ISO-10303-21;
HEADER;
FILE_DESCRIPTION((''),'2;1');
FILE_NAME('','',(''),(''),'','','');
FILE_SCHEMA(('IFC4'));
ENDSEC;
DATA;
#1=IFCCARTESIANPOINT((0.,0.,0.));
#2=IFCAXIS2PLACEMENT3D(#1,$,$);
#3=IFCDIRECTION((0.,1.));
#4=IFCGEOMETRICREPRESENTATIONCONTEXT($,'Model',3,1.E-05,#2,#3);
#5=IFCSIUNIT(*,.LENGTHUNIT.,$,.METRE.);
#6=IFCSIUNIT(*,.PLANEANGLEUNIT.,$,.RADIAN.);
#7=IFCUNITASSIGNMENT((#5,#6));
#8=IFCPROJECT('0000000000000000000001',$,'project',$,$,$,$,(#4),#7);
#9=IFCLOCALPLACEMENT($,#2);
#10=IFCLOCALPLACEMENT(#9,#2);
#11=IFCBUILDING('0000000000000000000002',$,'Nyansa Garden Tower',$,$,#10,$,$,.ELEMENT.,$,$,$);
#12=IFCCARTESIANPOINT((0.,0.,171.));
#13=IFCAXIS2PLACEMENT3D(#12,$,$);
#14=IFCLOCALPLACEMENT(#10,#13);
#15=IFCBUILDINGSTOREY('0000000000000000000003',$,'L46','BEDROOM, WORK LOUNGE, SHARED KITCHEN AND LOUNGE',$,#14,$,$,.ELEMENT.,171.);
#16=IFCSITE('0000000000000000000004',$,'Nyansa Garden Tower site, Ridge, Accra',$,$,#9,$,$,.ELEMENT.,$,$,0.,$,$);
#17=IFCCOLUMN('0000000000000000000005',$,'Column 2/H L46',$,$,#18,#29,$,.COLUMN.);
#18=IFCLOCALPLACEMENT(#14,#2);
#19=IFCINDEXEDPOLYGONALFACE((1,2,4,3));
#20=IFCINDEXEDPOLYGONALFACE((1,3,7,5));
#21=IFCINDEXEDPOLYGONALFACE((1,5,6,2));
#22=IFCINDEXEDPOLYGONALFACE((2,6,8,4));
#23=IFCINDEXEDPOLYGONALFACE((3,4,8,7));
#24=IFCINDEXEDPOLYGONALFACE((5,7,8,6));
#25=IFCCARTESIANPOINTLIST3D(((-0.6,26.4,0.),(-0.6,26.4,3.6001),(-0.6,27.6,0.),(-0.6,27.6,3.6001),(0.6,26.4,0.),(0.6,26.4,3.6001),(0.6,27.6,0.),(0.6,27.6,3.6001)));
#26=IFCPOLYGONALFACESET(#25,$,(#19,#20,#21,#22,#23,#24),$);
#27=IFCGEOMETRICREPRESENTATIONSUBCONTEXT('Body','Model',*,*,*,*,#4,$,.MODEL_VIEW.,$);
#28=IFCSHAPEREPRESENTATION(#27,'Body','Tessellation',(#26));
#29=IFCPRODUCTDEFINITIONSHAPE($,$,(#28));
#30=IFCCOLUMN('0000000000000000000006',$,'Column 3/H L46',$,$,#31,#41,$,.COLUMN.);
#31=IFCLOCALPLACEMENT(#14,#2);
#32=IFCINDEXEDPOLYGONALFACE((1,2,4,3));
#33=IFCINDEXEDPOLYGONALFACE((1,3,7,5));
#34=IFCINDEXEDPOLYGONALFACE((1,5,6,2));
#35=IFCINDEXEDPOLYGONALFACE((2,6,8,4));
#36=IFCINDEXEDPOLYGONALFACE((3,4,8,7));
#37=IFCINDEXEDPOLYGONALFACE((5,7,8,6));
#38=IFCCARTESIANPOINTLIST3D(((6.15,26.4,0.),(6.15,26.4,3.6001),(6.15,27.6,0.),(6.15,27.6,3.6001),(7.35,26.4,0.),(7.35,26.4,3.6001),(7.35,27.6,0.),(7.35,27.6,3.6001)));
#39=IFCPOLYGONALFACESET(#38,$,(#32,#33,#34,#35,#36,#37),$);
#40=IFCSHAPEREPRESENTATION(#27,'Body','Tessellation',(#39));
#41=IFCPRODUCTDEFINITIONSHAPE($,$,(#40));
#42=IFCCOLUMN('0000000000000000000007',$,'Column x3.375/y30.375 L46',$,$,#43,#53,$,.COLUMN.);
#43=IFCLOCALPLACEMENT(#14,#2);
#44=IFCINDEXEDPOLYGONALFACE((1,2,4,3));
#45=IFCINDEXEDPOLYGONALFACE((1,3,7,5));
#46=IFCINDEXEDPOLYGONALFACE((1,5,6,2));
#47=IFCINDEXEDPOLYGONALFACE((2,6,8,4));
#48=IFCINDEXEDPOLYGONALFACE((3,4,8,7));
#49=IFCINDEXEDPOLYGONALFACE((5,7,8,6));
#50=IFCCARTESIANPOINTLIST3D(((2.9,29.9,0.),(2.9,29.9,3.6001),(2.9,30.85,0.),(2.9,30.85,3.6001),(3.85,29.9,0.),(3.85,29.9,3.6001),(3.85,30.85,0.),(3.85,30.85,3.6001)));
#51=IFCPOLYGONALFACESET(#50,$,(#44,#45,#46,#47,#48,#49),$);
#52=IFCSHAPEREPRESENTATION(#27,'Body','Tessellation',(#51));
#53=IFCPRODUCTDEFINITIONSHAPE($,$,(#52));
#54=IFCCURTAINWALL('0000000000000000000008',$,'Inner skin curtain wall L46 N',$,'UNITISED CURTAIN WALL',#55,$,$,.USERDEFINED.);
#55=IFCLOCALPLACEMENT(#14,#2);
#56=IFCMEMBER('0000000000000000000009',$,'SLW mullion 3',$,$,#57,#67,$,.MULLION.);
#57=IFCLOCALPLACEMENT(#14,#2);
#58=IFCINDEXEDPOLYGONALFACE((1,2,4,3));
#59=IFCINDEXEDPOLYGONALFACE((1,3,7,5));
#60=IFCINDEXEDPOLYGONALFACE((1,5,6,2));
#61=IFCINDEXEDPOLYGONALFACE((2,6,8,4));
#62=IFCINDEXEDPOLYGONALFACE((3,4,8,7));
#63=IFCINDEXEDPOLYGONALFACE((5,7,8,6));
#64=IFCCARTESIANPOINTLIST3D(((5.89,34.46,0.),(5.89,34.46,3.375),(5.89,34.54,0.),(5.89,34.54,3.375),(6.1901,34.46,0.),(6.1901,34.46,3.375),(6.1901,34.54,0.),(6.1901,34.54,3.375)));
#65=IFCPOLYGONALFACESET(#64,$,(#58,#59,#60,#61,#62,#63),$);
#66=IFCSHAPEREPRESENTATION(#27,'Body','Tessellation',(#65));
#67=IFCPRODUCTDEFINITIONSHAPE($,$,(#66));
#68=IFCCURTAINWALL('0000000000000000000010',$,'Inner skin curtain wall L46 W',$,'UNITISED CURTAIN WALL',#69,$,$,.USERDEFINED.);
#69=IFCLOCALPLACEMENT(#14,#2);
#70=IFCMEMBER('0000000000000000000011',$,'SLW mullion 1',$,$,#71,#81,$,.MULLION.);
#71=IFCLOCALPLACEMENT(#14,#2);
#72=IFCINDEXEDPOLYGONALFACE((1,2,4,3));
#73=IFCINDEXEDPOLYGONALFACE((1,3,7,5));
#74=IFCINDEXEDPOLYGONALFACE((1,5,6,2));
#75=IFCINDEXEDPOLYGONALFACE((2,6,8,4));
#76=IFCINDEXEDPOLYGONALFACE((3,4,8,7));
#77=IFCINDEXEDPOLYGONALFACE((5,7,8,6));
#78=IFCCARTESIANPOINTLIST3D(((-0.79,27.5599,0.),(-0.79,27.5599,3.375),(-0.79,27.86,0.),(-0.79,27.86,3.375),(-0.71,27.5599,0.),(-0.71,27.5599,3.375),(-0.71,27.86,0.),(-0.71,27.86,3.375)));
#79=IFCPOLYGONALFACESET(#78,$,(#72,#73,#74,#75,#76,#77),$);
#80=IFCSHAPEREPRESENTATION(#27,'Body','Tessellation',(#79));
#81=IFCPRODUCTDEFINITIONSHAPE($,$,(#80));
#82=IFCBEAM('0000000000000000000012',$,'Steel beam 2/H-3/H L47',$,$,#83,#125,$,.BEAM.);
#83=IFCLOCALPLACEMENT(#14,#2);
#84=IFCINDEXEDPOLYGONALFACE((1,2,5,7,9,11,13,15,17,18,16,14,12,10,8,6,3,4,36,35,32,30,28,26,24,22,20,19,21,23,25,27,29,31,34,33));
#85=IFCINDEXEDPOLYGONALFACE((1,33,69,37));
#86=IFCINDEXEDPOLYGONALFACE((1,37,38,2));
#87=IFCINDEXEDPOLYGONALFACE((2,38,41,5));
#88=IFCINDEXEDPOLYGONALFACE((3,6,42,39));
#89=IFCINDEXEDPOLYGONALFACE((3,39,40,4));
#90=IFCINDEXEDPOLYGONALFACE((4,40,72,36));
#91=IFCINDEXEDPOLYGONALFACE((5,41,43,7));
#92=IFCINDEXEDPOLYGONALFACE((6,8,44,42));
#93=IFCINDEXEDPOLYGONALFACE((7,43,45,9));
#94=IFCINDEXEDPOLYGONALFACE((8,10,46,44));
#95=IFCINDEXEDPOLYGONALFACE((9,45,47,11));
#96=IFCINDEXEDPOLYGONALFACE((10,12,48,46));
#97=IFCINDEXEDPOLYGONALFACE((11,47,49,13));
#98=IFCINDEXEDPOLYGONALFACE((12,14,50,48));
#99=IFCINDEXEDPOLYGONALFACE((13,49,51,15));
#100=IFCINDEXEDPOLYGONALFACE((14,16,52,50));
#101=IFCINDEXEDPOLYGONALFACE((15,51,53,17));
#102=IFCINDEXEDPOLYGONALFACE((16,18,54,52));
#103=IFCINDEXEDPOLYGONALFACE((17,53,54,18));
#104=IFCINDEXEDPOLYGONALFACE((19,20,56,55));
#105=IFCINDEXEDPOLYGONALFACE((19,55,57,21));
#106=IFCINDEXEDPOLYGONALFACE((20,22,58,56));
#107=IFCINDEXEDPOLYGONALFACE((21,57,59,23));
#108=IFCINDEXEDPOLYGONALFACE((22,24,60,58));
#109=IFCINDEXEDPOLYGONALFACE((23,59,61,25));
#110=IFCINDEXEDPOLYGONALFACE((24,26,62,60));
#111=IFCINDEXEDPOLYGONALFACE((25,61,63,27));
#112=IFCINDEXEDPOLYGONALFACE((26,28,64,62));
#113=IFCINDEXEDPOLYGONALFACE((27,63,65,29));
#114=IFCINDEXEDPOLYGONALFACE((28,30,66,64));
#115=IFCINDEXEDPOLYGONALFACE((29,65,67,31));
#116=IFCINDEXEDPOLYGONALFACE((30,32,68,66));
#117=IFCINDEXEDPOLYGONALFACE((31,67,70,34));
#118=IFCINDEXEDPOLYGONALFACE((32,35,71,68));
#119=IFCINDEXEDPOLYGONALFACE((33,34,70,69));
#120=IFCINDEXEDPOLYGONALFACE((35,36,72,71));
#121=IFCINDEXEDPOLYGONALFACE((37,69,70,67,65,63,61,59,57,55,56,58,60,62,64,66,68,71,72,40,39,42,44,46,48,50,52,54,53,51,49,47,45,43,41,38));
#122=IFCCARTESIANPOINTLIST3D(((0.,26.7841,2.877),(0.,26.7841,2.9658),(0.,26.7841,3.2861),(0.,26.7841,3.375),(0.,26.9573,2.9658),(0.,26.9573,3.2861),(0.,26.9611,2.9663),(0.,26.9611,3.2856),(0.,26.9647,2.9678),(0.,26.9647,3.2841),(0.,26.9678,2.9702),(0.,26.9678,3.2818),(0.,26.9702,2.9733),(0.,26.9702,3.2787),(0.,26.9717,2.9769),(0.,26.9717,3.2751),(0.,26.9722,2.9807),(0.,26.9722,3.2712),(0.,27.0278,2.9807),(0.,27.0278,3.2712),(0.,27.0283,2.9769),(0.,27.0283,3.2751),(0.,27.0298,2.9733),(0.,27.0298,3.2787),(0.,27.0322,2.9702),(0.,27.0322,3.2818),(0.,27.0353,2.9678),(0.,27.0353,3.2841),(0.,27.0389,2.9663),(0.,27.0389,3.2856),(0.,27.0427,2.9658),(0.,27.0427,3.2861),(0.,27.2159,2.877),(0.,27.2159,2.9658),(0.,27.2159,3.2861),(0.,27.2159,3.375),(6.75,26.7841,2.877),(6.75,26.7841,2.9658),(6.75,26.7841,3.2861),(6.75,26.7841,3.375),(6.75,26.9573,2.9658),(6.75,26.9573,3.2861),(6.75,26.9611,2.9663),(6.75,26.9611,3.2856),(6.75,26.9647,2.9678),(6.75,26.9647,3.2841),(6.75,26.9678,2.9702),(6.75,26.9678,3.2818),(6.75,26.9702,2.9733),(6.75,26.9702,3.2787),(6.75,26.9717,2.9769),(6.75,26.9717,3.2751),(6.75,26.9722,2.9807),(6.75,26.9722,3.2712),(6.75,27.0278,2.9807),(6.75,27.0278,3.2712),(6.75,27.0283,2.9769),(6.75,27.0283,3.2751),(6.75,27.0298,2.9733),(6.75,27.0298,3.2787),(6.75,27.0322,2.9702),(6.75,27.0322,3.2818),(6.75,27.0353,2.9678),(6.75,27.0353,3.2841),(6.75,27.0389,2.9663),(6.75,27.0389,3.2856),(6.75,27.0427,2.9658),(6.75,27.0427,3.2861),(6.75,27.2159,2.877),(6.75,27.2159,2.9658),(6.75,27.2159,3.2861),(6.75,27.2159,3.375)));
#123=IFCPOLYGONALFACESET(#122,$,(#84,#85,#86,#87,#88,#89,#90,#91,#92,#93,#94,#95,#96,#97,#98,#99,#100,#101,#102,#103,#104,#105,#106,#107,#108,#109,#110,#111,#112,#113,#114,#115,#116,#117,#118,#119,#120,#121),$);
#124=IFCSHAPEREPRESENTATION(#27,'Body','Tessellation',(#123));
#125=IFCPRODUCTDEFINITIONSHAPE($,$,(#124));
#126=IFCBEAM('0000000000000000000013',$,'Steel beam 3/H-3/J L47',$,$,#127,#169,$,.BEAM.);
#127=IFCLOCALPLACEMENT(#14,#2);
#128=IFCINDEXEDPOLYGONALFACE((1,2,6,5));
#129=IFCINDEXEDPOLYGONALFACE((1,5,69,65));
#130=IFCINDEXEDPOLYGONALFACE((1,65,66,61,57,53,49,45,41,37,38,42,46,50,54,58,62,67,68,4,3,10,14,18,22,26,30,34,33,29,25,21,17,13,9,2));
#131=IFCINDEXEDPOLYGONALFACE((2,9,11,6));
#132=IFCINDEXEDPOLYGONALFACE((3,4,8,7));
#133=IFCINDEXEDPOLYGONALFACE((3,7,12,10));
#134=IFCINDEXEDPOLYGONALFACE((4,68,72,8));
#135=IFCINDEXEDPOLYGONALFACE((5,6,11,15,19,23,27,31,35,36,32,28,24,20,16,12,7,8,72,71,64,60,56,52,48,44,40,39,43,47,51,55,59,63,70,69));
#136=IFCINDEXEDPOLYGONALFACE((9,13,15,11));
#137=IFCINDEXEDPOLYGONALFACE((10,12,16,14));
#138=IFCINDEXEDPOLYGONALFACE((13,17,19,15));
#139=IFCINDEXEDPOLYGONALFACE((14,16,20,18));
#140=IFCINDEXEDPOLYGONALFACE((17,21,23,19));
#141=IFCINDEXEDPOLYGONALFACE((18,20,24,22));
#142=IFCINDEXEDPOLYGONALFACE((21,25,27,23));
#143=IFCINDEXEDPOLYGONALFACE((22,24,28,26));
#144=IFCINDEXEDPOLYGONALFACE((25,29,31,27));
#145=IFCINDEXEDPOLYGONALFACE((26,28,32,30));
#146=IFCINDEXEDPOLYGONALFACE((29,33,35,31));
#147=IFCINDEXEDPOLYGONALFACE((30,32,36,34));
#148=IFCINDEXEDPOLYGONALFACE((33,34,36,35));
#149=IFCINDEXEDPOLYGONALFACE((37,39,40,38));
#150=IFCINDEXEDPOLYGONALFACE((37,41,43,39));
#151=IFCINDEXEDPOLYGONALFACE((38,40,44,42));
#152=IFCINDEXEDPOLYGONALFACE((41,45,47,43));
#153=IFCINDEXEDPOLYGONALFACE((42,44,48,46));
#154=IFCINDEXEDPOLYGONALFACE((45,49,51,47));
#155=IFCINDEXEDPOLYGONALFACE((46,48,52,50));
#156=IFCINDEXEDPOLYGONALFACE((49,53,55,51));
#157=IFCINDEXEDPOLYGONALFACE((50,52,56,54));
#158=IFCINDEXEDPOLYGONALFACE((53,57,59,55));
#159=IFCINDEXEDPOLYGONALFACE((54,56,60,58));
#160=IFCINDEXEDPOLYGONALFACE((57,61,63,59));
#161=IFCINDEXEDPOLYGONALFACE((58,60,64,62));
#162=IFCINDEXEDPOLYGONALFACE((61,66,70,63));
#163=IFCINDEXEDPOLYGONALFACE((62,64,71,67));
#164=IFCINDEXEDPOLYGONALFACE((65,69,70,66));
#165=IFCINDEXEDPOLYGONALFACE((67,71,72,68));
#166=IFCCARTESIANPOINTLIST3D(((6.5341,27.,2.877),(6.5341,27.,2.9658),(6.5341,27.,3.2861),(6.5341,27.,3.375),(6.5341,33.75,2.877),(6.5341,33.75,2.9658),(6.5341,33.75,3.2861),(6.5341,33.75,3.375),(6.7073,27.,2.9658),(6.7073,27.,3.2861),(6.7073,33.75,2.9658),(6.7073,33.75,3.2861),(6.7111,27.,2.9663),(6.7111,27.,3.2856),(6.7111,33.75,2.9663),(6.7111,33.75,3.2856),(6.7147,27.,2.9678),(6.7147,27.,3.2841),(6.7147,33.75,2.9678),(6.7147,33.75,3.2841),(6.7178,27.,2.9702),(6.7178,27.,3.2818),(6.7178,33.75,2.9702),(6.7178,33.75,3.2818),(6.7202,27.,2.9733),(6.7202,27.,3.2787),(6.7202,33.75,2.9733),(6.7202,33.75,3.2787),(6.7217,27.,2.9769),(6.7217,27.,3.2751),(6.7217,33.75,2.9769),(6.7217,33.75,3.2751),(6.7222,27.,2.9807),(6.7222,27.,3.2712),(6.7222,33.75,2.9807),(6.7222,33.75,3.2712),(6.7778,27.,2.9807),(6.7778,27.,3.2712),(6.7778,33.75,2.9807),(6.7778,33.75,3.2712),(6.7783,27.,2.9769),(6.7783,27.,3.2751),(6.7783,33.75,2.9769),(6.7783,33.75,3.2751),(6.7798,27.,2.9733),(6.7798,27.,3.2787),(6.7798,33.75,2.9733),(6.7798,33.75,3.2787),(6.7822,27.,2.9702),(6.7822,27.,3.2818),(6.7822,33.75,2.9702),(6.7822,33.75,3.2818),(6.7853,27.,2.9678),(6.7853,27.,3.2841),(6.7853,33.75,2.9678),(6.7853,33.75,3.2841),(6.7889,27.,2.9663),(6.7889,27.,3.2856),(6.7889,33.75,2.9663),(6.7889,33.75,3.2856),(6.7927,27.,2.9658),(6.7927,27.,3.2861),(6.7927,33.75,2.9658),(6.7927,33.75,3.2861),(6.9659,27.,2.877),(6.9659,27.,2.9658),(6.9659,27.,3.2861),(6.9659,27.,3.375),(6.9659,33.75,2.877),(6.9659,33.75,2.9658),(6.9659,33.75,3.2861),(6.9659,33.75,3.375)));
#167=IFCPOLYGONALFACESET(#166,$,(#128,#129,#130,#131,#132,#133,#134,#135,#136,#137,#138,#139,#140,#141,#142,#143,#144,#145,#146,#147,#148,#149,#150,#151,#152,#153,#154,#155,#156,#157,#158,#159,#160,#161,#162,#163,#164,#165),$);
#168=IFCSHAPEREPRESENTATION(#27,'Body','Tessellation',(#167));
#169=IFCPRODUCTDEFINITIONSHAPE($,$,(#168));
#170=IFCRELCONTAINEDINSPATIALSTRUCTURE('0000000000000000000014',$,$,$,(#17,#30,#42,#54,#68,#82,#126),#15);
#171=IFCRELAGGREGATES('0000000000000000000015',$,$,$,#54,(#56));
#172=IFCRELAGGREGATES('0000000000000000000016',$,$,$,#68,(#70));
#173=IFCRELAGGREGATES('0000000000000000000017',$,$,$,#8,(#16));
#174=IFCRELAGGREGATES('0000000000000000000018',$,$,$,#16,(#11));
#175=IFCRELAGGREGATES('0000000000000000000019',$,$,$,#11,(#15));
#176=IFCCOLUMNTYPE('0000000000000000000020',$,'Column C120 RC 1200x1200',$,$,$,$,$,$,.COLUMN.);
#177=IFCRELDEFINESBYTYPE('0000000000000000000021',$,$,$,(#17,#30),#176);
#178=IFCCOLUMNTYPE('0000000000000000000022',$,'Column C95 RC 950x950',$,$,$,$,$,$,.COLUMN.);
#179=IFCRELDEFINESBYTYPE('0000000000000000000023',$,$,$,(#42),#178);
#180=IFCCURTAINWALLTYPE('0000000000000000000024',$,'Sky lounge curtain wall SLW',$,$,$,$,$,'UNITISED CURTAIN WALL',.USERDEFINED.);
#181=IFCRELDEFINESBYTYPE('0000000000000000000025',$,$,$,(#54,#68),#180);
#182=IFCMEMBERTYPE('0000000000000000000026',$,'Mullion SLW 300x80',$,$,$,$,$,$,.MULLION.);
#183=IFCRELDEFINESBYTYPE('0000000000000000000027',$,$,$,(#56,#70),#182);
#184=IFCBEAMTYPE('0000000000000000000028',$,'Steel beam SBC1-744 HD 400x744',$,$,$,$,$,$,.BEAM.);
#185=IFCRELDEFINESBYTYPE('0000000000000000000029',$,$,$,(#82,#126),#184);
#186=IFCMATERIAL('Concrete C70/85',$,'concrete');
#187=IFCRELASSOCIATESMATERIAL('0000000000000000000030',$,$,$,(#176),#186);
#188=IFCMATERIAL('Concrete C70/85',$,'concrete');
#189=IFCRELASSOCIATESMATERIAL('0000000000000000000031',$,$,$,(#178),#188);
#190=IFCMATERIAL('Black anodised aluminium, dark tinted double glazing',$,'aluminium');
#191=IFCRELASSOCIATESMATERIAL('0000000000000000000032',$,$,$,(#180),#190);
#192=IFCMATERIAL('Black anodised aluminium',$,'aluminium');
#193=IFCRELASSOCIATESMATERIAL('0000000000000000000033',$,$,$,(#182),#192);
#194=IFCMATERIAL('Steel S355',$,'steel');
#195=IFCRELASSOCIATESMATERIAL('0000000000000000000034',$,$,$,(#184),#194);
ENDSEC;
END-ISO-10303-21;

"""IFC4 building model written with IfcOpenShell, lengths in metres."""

from ifc_helpers import new_model, si_unit, direction, frame, origin, origin_2d, place, context, subcontext, project, spatial, rectangle, i_section, extrude, material, material_profile, profile_set, type_object, element, aggregate, save


model = new_model("IFC4")

# Units and contexts
model_context = context("Model", 3, precision=1e-05, world=origin(), true_north=direction((0.0, 1.0)))
body_context = subcontext(model_context, "Body", "Model", "MODEL_VIEW")
ifc_project = project(units=[si_unit("LENGTHUNIT", "METRE"), si_unit("PLANEANGLEUNIT", "RADIAN")], contexts=[model_context])

# Site, building, storey
site_placement = place(None, origin())
site = spatial("IfcSite", under=ifc_project, at=site_placement, Name="Nyansa Garden Tower site, Ridge, Accra", CompositionType="ELEMENT", RefElevation=0.0)
building_placement = place(site_placement, origin())
building = spatial("IfcBuilding", under=site, at=building_placement, Name="Nyansa Garden Tower", CompositionType="ELEMENT")
storey_placement = place(building_placement, frame((0.0, 0.0, 171.0)))
storey = spatial("IfcBuildingStorey", under=building, at=storey_placement, Name="L46", Description="BEDROOM, WORK LOUNGE, SHARED KITCHEN AND LOUNGE", CompositionType="ELEMENT", Elevation=171.0)

# Columns
ifc_material_1 = material(Name="Concrete C70/85", Category="concrete")
ifc_material_profile_1 = material_profile(ifc_material_1, rectangle(XDim=1.2, YDim=1.2, at=origin_2d()), Name="RC 1200x1200")
ifc_profile_set_1 = profile_set([ifc_material_profile_1], Name="Concrete C70/85")
column_type_1 = type_object("IfcColumnType", Name="Column C120 RC 1200x1200", PredefinedType="COLUMN", material=ifc_profile_set_1)
for number, where, z_axis, x_axis, name in (
    (1, (0.0, 27.0, 0.0), (0.0, 0.0, 1.0), (1.0, 0.0, 0.0), "Column 2/H L46"),
    (2, (6.75, 27.0, 0.0), (0.0, 0.0, 1.0), (1.0, 0.0, 0.0), "Column 3/H L46"),
):
    element("IfcColumn", number, at=place(storey_placement, frame(where, z_axis=z_axis, x_axis=x_axis)), inside=storey, type_object=column_type_1, Name=name, PredefinedType="COLUMN", context=body_context, shape_type="SweptSolid", body=[
        extrude(rectangle(XDim=1.2, YDim=1.2, at=origin_2d()), origin(), (0.0, 0.0, 1.0), 3.6001),
    ])
ifc_material_2 = material(Name="Concrete C70/85", Category="concrete")
ifc_material_profile_2 = material_profile(ifc_material_2, rectangle(XDim=0.95, YDim=0.95, at=origin_2d()), Name="RC 950x950")
ifc_profile_set_2 = profile_set([ifc_material_profile_2], Name="Concrete C70/85")
column_type_2 = type_object("IfcColumnType", Name="Column C95 RC 950x950", PredefinedType="COLUMN", material=ifc_profile_set_2)
column_placement = place(storey_placement, frame((3.375, 30.375, 0.0), z_axis=(0.0, 0.0, 1.0), x_axis=(1.0, 0.0, 0.0)))
element("IfcColumn", 3, at=column_placement, inside=storey, type_object=column_type_2, Name="Column x3.375/y30.375 L46", PredefinedType="COLUMN", context=body_context, shape_type="SweptSolid", body=[
    extrude(rectangle(XDim=0.95, YDim=0.95, at=origin_2d()), origin(), (0.0, 0.0, 1.0), 3.6001),
])

# Curtain walls, members
ifc_material_3 = material(Name="Black anodised aluminium, dark tinted double glazing", Category="aluminium")
curtain_wall_type = type_object("IfcCurtainWallType", Name="Sky lounge curtain wall SLW", ElementType="UNITISED CURTAIN WALL", PredefinedType="USERDEFINED", material=ifc_material_3)
curtain_wall_1_placement = place(storey_placement, origin())
curtain_wall_1 = element("IfcCurtainWall", 4, at=curtain_wall_1_placement, inside=storey, type_object=curtain_wall_type, Name="Inner skin curtain wall L46 N", ObjectType="UNITISED CURTAIN WALL", PredefinedType="USERDEFINED")
ifc_material_4 = material(Name="Black anodised aluminium", Category="aluminium")
ifc_material_profile_3 = material_profile(ifc_material_4, rectangle(XDim=0.0801, YDim=0.3, at=origin_2d()), Name="Mullion 300x80")
ifc_profile_set_3 = profile_set([ifc_material_profile_3], Name="Black anodised aluminium")
member_type_1 = type_object("IfcMemberType", Name="Mullion SLW 300x80", PredefinedType="MULLION", material=ifc_profile_set_3)
member_1_placement = place(storey_placement, frame((6.04, 34.5, 0.0), z_axis=(0.0, 0.0, 1.0), x_axis=(0.0, -1.0, 0.0)))
member_1 = element("IfcMember", 5, at=member_1_placement, type_object=member_type_1, Name="SLW mullion 3", PredefinedType="MULLION", context=body_context, shape_type="SweptSolid", body=[
    extrude(rectangle(XDim=0.0801, YDim=0.3, at=origin_2d()), origin(), (0.0, 0.0, 1.0), 3.375),
])
aggregate(curtain_wall_1, [member_1])
curtain_wall_2_placement = place(storey_placement, origin())
curtain_wall_2 = element("IfcCurtainWall", 6, at=curtain_wall_2_placement, inside=storey, type_object=curtain_wall_type, Name="Inner skin curtain wall L46 W", ObjectType="UNITISED CURTAIN WALL", PredefinedType="USERDEFINED")
member_2_placement = place(storey_placement, frame((-0.75, 27.71, 0.0), z_axis=(0.0, 0.0, 1.0), x_axis=(1.0, 0.0, 0.0)))
member_2 = element("IfcMember", 7, at=member_2_placement, type_object=member_type_1, Name="SLW mullion 1", PredefinedType="MULLION", context=body_context, shape_type="SweptSolid", body=[
    extrude(rectangle(XDim=0.0801, YDim=0.3, at=origin_2d()), origin(), (0.0, 0.0, 1.0), 3.375),
])

# Beams
ifc_material_5 = material(Name="Steel S355", Category="steel")
ifc_material_profile_4 = material_profile(ifc_material_5, i_section(OverallWidth=0.4319, OverallDepth=0.498, WebThickness=0.0557, FlangeThickness=0.0889, FilletRadius=0.0149, at=origin_2d()), Name="HD 400x744")
ifc_profile_set_4 = profile_set([ifc_material_profile_4], Name="Steel S355")
beam_type_1 = type_object("IfcBeamType", Name="Steel beam SBC1-744 HD 400x744", PredefinedType="BEAM", material=ifc_profile_set_4)
for number, where, z_axis, x_axis, name in (
    (8, (0.0, 27.0, 3.126), (1.0, 0.0, 0.0), (0.0, 1.0, 0.0), "Steel beam 2/H-3/H L47"),
    (9, (6.75, 27.0, 3.126), (0.0, 1.0, 0.0), (-1.0, 0.0, 0.0), "Steel beam 3/H-3/J L47"),
):
    element("IfcBeam", number, at=place(storey_placement, frame(where, z_axis=z_axis, x_axis=x_axis)), inside=storey, type_object=beam_type_1, Name=name, PredefinedType="BEAM", context=body_context, shape_type="SweptSolid", body=[
        extrude(i_section(OverallWidth=0.4319, OverallDepth=0.498, WebThickness=0.0557, FlangeThickness=0.0889, FilletRadius=0.0149, at=origin_2d()), origin(), (0.0, 0.0, 1.0), 6.75),
    ])

aggregate(curtain_wall_2, [member_2])

save(model, "model.ifc")
